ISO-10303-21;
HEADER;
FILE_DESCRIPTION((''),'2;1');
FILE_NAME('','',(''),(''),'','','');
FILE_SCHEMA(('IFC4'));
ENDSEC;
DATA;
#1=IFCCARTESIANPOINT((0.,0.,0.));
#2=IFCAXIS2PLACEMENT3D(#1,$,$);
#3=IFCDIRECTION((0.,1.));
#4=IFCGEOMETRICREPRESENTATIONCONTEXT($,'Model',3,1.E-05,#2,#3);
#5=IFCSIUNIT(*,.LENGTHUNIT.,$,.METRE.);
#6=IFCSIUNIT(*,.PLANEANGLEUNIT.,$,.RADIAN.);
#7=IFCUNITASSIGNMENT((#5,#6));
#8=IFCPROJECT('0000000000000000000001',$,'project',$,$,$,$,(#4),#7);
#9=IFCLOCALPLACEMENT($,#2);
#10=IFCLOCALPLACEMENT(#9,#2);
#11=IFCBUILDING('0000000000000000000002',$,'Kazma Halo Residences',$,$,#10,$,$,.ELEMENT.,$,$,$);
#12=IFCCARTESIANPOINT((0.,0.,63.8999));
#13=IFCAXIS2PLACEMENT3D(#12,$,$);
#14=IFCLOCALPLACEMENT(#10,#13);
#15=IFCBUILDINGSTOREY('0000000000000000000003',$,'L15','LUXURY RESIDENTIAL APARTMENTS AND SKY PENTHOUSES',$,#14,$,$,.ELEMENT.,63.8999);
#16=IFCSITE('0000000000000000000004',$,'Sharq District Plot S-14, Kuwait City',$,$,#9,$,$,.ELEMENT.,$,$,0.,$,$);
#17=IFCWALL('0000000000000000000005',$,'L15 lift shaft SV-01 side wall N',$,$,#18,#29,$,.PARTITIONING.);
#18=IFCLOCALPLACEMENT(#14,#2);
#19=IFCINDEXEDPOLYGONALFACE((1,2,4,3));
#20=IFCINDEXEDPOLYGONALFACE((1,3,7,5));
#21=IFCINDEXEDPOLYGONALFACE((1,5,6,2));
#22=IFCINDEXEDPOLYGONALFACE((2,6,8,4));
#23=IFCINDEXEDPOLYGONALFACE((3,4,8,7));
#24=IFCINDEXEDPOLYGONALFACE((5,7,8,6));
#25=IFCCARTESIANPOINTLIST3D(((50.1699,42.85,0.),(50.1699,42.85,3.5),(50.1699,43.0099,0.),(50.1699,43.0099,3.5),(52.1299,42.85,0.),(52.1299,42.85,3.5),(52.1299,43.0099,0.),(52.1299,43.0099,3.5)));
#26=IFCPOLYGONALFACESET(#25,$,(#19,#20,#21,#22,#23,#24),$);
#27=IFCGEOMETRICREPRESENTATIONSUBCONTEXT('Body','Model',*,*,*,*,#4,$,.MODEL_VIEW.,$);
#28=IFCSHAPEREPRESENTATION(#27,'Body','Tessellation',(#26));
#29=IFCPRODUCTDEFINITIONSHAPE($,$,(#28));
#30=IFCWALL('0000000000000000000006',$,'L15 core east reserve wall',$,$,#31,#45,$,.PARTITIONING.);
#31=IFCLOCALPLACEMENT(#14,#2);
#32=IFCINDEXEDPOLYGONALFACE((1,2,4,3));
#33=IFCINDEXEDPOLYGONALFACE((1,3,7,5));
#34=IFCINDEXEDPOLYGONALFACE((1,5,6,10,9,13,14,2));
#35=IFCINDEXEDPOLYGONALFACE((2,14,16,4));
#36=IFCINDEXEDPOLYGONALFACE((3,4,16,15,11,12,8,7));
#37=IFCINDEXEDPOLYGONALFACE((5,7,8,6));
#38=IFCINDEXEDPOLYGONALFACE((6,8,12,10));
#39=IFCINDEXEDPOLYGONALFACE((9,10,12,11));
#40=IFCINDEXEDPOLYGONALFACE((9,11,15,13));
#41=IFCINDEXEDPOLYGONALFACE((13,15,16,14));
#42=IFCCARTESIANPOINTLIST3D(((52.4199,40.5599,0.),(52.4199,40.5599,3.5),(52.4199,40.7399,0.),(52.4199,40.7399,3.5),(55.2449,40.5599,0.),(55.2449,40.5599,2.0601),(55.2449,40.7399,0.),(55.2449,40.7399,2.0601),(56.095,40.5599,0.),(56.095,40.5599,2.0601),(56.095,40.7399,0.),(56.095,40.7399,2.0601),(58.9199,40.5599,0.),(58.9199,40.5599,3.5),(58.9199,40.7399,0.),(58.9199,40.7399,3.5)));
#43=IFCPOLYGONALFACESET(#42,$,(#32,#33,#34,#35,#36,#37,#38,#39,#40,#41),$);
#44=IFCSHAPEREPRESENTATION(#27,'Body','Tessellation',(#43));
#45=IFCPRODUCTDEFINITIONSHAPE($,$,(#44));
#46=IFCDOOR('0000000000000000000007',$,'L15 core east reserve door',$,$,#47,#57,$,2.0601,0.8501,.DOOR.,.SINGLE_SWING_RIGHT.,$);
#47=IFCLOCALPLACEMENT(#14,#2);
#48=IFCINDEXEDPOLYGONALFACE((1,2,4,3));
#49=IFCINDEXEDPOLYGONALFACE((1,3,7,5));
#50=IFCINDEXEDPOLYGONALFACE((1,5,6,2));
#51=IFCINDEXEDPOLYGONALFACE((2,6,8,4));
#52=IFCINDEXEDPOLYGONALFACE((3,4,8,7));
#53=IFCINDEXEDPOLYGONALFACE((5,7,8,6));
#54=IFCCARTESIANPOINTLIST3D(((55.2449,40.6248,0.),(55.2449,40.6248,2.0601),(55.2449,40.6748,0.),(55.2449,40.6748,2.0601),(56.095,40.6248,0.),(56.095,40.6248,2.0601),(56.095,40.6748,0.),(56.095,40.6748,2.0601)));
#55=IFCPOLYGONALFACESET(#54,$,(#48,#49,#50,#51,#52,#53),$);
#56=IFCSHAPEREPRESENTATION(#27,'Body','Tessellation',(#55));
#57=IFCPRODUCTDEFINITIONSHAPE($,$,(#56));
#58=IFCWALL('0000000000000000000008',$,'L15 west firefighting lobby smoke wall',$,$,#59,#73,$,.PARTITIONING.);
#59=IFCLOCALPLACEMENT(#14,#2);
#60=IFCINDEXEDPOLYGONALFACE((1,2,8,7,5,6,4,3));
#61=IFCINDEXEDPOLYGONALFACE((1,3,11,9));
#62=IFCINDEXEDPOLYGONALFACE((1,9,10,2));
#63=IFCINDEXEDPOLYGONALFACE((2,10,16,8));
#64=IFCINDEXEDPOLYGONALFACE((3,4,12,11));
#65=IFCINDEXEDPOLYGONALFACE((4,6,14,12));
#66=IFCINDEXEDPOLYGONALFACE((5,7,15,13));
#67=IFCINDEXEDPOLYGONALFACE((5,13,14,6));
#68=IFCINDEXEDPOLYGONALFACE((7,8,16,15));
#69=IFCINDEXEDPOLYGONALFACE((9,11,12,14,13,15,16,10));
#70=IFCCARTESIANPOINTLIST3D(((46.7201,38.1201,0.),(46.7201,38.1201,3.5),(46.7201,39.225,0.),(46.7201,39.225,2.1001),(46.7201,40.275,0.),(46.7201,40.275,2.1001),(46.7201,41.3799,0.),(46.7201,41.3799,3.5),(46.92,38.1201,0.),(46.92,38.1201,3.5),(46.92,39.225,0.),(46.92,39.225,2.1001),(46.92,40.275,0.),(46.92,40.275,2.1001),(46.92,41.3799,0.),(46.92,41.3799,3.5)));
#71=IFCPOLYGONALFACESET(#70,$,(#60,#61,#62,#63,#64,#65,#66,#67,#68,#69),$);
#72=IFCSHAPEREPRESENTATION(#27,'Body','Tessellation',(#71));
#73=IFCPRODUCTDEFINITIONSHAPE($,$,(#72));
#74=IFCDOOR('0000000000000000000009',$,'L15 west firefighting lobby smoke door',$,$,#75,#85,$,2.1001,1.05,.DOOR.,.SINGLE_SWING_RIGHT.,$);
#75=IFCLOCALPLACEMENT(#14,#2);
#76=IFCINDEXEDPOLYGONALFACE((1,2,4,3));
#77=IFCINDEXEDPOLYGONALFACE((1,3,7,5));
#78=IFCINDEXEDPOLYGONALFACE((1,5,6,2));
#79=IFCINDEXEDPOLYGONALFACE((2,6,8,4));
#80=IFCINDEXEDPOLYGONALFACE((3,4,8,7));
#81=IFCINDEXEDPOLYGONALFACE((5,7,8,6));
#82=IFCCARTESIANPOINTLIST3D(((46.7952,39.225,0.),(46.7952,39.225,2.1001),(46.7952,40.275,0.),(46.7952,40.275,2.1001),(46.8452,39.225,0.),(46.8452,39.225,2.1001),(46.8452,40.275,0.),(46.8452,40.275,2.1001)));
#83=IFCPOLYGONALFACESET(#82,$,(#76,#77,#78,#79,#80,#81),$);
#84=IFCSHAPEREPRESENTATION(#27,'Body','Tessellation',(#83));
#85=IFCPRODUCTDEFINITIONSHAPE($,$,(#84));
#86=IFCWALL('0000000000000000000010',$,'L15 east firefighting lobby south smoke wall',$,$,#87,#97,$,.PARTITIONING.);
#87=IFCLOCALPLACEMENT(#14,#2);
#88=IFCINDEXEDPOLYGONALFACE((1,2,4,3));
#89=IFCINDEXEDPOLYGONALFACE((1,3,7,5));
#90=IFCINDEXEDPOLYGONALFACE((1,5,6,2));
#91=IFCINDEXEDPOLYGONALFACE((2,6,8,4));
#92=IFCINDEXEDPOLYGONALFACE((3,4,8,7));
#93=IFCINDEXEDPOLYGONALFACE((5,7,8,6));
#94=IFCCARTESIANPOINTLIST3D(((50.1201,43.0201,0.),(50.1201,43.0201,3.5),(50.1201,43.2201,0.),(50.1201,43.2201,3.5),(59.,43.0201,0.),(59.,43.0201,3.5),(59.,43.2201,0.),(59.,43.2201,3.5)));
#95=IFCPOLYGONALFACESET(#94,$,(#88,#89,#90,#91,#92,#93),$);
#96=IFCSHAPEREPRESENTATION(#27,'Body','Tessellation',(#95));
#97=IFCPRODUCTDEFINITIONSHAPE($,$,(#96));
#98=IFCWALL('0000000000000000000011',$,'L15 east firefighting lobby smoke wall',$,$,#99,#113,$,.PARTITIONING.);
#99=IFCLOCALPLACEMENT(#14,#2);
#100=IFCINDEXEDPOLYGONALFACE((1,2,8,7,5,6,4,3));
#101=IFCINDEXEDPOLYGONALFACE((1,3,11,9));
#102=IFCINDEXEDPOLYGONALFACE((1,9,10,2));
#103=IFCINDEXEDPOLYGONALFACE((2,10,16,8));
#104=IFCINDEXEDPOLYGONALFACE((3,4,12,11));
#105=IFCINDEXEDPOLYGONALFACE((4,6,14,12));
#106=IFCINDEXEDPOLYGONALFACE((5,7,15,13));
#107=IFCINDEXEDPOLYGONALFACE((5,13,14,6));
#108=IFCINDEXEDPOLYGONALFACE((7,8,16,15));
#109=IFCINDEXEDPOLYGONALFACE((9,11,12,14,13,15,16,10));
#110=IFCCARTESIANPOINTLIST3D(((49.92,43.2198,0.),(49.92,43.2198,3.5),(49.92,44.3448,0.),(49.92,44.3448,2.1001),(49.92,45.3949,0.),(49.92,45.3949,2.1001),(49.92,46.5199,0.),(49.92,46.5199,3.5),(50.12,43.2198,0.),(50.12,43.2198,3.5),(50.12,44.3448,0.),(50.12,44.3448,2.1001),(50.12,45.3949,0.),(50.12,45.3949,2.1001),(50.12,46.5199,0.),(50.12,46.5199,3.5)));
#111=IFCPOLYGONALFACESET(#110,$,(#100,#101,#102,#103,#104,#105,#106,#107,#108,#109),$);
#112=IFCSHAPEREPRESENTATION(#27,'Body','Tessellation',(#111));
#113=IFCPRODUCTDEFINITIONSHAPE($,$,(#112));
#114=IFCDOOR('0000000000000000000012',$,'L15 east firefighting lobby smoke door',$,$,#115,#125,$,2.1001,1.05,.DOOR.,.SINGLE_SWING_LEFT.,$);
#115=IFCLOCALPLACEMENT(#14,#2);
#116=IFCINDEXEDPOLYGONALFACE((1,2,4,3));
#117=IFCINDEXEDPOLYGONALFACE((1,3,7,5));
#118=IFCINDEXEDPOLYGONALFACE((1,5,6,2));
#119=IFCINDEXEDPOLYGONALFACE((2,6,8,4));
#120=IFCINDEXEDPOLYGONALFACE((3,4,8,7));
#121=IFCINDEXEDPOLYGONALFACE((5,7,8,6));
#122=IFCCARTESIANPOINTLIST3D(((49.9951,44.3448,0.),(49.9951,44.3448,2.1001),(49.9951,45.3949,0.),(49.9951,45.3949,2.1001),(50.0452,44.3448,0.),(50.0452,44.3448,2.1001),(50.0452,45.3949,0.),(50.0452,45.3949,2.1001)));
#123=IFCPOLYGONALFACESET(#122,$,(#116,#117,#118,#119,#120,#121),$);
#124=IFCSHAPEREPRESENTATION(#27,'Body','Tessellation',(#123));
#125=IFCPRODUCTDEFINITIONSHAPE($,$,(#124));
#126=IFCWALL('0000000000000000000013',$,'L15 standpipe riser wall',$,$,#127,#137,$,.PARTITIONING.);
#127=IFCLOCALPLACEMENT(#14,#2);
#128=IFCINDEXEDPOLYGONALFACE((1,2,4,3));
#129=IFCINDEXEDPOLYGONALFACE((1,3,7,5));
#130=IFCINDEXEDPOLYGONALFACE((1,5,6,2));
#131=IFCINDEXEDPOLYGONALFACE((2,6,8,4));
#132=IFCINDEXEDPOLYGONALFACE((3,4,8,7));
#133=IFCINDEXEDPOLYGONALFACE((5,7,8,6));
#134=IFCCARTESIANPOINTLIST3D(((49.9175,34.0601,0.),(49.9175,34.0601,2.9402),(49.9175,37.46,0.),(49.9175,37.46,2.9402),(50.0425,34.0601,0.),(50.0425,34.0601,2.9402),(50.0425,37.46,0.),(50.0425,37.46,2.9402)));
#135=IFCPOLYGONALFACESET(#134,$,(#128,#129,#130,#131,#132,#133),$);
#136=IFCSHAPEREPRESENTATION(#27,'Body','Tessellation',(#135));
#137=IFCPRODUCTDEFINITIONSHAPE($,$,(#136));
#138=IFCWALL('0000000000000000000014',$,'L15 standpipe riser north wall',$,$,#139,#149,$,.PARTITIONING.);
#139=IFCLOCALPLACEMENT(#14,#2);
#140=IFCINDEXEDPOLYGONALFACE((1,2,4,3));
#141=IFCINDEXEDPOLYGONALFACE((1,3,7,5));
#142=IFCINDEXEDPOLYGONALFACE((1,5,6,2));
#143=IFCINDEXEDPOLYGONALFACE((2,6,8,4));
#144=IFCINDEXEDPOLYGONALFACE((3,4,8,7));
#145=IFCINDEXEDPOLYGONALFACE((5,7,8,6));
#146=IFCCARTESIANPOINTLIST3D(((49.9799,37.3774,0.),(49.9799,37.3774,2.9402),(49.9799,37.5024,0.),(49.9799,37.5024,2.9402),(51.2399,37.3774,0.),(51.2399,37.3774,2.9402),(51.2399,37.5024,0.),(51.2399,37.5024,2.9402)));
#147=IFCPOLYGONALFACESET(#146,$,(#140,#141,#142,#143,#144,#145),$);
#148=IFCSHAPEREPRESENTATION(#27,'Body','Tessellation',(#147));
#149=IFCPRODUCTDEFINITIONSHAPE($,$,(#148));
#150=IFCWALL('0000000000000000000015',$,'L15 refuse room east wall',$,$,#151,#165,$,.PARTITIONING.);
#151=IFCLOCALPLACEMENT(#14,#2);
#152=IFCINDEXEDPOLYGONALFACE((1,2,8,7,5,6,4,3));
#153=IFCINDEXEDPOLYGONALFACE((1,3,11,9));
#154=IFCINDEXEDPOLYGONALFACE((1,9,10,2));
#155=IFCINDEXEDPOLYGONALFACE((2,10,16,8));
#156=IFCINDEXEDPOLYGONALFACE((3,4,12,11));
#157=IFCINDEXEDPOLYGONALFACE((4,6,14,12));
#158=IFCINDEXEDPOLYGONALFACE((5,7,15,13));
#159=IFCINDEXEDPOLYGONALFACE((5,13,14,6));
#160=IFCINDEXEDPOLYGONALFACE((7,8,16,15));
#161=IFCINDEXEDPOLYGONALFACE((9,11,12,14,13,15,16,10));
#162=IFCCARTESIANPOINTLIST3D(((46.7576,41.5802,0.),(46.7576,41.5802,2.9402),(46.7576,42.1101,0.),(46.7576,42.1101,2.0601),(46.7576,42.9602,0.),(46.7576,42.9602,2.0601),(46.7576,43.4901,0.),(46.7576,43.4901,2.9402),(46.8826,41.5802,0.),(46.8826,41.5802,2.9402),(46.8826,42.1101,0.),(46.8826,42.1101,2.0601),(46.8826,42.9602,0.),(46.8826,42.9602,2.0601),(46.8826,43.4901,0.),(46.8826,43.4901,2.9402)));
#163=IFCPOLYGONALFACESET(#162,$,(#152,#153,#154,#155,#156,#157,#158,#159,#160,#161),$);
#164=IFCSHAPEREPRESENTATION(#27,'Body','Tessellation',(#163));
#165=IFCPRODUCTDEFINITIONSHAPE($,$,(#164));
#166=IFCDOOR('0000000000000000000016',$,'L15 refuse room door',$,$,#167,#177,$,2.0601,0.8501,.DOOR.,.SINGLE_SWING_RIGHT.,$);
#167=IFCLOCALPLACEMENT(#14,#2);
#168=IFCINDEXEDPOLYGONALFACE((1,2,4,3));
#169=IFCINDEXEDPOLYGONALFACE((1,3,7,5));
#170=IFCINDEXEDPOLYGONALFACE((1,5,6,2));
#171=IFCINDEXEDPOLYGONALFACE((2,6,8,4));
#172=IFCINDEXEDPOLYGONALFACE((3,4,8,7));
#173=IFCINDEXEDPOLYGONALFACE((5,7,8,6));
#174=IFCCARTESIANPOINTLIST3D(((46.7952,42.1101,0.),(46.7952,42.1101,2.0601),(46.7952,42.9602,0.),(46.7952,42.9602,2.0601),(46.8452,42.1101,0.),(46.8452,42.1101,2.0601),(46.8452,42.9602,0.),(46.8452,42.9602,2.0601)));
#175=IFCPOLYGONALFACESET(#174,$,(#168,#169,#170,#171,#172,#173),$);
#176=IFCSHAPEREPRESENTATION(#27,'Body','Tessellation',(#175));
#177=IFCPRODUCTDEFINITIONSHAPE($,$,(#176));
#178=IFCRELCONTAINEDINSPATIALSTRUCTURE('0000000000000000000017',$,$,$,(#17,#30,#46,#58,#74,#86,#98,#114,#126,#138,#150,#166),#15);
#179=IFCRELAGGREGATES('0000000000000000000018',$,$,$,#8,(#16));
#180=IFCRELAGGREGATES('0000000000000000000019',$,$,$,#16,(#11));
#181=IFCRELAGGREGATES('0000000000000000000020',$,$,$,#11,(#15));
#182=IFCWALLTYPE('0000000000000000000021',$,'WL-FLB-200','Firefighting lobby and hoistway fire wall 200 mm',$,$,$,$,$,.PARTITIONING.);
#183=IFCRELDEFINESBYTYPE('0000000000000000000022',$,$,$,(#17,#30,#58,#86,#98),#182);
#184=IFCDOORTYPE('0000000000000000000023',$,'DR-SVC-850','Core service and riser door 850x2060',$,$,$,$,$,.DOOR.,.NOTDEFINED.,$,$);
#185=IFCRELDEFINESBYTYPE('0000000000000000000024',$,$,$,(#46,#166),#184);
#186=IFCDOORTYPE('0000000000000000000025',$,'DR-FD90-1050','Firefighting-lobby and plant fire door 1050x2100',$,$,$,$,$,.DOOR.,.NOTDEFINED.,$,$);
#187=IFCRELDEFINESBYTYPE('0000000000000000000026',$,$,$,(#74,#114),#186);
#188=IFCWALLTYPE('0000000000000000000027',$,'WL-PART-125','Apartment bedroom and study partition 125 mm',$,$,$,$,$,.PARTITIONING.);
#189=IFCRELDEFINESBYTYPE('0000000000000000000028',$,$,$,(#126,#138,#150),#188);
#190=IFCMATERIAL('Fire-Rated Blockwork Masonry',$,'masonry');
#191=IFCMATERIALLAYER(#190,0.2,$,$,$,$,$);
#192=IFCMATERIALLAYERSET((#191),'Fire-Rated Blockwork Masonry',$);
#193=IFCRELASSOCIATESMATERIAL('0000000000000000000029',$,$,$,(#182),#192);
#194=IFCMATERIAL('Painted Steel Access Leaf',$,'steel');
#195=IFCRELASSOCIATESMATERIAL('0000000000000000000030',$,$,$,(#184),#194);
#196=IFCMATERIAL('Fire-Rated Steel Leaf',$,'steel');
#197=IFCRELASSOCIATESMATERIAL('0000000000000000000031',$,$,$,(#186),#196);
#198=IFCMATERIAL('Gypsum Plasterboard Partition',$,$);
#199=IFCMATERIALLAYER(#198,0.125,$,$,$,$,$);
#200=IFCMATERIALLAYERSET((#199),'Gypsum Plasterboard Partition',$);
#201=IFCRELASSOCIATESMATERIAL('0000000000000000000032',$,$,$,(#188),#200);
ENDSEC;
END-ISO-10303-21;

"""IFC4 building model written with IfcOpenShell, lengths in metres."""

from ifc_helpers import new_model, si_unit, direction, frame, frame_2d, origin, place, context, subcontext, project, spatial, rectangle, extrude, material, layer, layer_set, type_object, element, fill, save


model = new_model("IFC4")

# Units and contexts
model_context = context("Model", 3, precision=1e-05, world=origin(), true_north=direction((0.0, 1.0)))
body_context = subcontext(model_context, "Body", "Model", "MODEL_VIEW")
ifc_project = project(units=[si_unit("LENGTHUNIT", "METRE"), si_unit("PLANEANGLEUNIT", "RADIAN")], contexts=[model_context])

# Site, building, storey
site_placement = place(None, origin())
site = spatial("IfcSite", under=ifc_project, at=site_placement, Name="Sharq District Plot S-14, Kuwait City", CompositionType="ELEMENT", RefElevation=0.0)
building_placement = place(site_placement, origin())
building = spatial("IfcBuilding", under=site, at=building_placement, Name="Kazma Halo Residences", CompositionType="ELEMENT")
storey_placement = place(building_placement, frame((0.0, 0.0, 63.8999)))
storey = spatial("IfcBuildingStorey", under=building, at=storey_placement, Name="L15", Description="LUXURY RESIDENTIAL APARTMENTS AND SKY PENTHOUSES", CompositionType="ELEMENT", Elevation=63.8999)

# Shared definitions
ifc_material_1 = material(Name="Fire-Rated Blockwork Masonry", Category="masonry")
ifc_layer_1 = layer(ifc_material_1, 0.2)
ifc_layer_set_1 = layer_set([ifc_layer_1], Name="Fire-Rated Blockwork Masonry")
wall_type_1 = type_object("IfcWallType", Name="WL-FLB-200", Description="Firefighting lobby and hoistway fire wall 200 mm", PredefinedType="PARTITIONING", material=ifc_layer_set_1)

# Wall
wall_1_placement = place(storey_placement, frame((50.1699, 42.9299, 0.0), z_axis=(0.0, 0.0, 1.0), x_axis=(1.0, 0.0, 0.0)))
element("IfcWall", 1, at=wall_1_placement, inside=storey, type_object=wall_type_1, Name="L15 lift shaft SV-01 side wall N", PredefinedType="PARTITIONING", context=body_context, shape_type="SweptSolid", body=[
    extrude(rectangle(XDim=1.96, YDim=0.1599, at=frame_2d((0.98, 0.0))), origin(), (0.0, 0.0, 1.0), 3.5),
])

# Walls, openings, doors
wall_2_placement = place(storey_placement, frame((52.4199, 40.6499, 0.0), z_axis=(0.0, 0.0, 1.0), x_axis=(1.0, 0.0, 0.0)))
wall_2 = element("IfcWall", 2, at=wall_2_placement, inside=storey, type_object=wall_type_1, Name="L15 core east reserve wall", PredefinedType="PARTITIONING", context=body_context, shape_type="SweptSolid", body=[
    extrude(rectangle(XDim=6.5, YDim=0.1799, at=frame_2d((3.25, 0.0))), origin(), (0.0, 0.0, 1.0), 3.5),
])
opening_1_placement = place(wall_2_placement, frame((2.825, 0.0, 0.0)))
opening_1 = element("IfcOpeningElement", 3, at=opening_1_placement, cuts=wall_2, PredefinedType="OPENING", context=body_context, shape_type="SweptSolid", body=[
    extrude(rectangle(XDim=0.8501, YDim=2.0601, at=frame_2d((0.425, 1.03))), frame((0.0, 0.0999, 0.0), z_axis=(0.0, -1.0, 0.0), x_axis=(1.0, 0.0, 0.0)), (0.0, 0.0, 1.0), 0.2),
])
ifc_material_2 = material(Name="Painted Steel Access Leaf", Category="steel")
door_type_1 = type_object("IfcDoorType", Name="DR-SVC-850", Description="Core service and riser door 850x2060", OperationType="NOTDEFINED", PredefinedType="DOOR", material=ifc_material_2)
door_1_placement = place(opening_1_placement, origin())
door_1 = element("IfcDoor", 4, at=door_1_placement, inside=storey, type_object=door_type_1, Name="L15 core east reserve door", OperationType="SINGLE_SWING_RIGHT", OverallHeight=2.0601, OverallWidth=0.8501, PredefinedType="DOOR", context=body_context, shape_type="SweptSolid", body=[
    extrude(rectangle(XDim=0.8501, YDim=2.0601, at=frame_2d((0.425, 1.03))), frame((0.0, 0.0249, 0.0), z_axis=(0.0, -1.0, 0.0), x_axis=(1.0, 0.0, 0.0)), (0.0, 0.0, 1.0), 0.05),
])
fill(opening_1, door_1)
wall_3_placement = place(storey_placement, frame((46.8201, 38.1201, 0.0), z_axis=(0.0, 0.0, 1.0), x_axis=(0.0, 1.0, 0.0)))
wall_3 = element("IfcWall", 5, at=wall_3_placement, inside=storey, type_object=wall_type_1, Name="L15 west firefighting lobby smoke wall", PredefinedType="PARTITIONING", context=body_context, shape_type="SweptSolid", body=[
    extrude(rectangle(XDim=3.2598, YDim=0.2, at=frame_2d((1.6299, 0.0))), origin(), (0.0, 0.0, 1.0), 3.5),
])
opening_2_placement = place(wall_3_placement, frame((1.105, 0.0, 0.0)))
opening_2 = element("IfcOpeningElement", 6, at=opening_2_placement, cuts=wall_3, PredefinedType="OPENING", context=body_context, shape_type="SweptSolid", body=[
    extrude(rectangle(XDim=1.05, YDim=2.1001, at=frame_2d((0.5249, 1.05))), frame((0.0, 0.1099, 0.0), z_axis=(0.0, -1.0, 0.0), x_axis=(1.0, 0.0, 0.0)), (0.0, 0.0, 1.0), 0.22),
])
ifc_material_3 = material(Name="Fire-Rated Steel Leaf", Category="steel")
door_type_2 = type_object("IfcDoorType", Name="DR-FD90-1050", Description="Firefighting-lobby and plant fire door 1050x2100", OperationType="NOTDEFINED", PredefinedType="DOOR", material=ifc_material_3)
door_2_placement = place(opening_2_placement, origin())
door_2 = element("IfcDoor", 7, at=door_2_placement, inside=storey, type_object=door_type_2, Name="L15 west firefighting lobby smoke door", OperationType="SINGLE_SWING_RIGHT", OverallHeight=2.1001, OverallWidth=1.05, PredefinedType="DOOR", context=body_context, shape_type="SweptSolid", body=[
    extrude(rectangle(XDim=1.05, YDim=2.1001, at=frame_2d((0.5249, 1.05))), frame((0.0, 0.0249, 0.0), z_axis=(0.0, -1.0, 0.0), x_axis=(1.0, 0.0, 0.0)), (0.0, 0.0, 1.0), 0.05),
])
fill(opening_2, door_2)

# Wall
wall_4_placement = place(storey_placement, frame((50.1201, 43.1201, 0.0), z_axis=(0.0, 0.0, 1.0), x_axis=(1.0, 0.0, 0.0)))
element("IfcWall", 8, at=wall_4_placement, inside=storey, type_object=wall_type_1, Name="L15 east firefighting lobby south smoke wall", PredefinedType="PARTITIONING", context=body_context, shape_type="SweptSolid", body=[
    extrude(rectangle(XDim=8.8799, YDim=0.2, at=frame_2d((4.4399, 0.0))), origin(), (0.0, 0.0, 1.0), 3.5),
])

# Wall, opening, door
wall_5_placement = place(storey_placement, frame((50.02, 43.22, 0.0), z_axis=(0.0, 0.0, 1.0), x_axis=(0.0, 1.0, 0.0)))
wall_5 = element("IfcWall", 9, at=wall_5_placement, inside=storey, type_object=wall_type_1, Name="L15 east firefighting lobby smoke wall", PredefinedType="PARTITIONING", context=body_context, shape_type="SweptSolid", body=[
    extrude(rectangle(XDim=3.3, YDim=0.2, at=frame_2d((1.6499, 0.0))), origin(), (0.0, 0.0, 1.0), 3.5),
])
opening_3_placement = place(wall_5_placement, frame((1.125, 0.0, 0.0)))
opening_3 = element("IfcOpeningElement", 10, at=opening_3_placement, cuts=wall_5, PredefinedType="OPENING", context=body_context, shape_type="SweptSolid", body=[
    extrude(rectangle(XDim=1.05, YDim=2.1001, at=frame_2d((0.5249, 1.05))), frame((0.0, 0.1099, 0.0), z_axis=(0.0, -1.0, 0.0), x_axis=(1.0, 0.0, 0.0)), (0.0, 0.0, 1.0), 0.22),
])
door_3_placement = place(opening_3_placement, origin())
door_3 = element("IfcDoor", 11, at=door_3_placement, inside=storey, type_object=door_type_2, Name="L15 east firefighting lobby smoke door", OperationType="SINGLE_SWING_LEFT", OverallHeight=2.1001, OverallWidth=1.05, PredefinedType="DOOR", context=body_context, shape_type="SweptSolid", body=[
    extrude(rectangle(XDim=1.05, YDim=2.1001, at=frame_2d((0.5249, 1.05))), frame((0.0, 0.0249, 0.0), z_axis=(0.0, -1.0, 0.0), x_axis=(1.0, 0.0, 0.0)), (0.0, 0.0, 1.0), 0.05),
])
fill(opening_3, door_3)

# Walls
ifc_material_4 = material(Name="Gypsum Plasterboard Partition")
ifc_layer_2 = layer(ifc_material_4, 0.125)
ifc_layer_set_2 = layer_set([ifc_layer_2], Name="Gypsum Plasterboard Partition")
wall_type_2 = type_object("IfcWallType", Name="WL-PART-125", Description="Apartment bedroom and study partition 125 mm", PredefinedType="PARTITIONING", material=ifc_layer_set_2)
wall_6_placement = place(storey_placement, frame((49.98, 34.0601, 0.0), z_axis=(0.0, 0.0, 1.0), x_axis=(0.0, 1.0, 0.0)))
element("IfcWall", 12, at=wall_6_placement, inside=storey, type_object=wall_type_2, Name="L15 standpipe riser wall", PredefinedType="PARTITIONING", context=body_context, shape_type="SweptSolid", body=[
    extrude(rectangle(XDim=3.3999, YDim=0.125, at=frame_2d((1.7, 0.0))), origin(), (0.0, 0.0, 1.0), 2.9402),
])
wall_7_placement = place(storey_placement, frame((49.98, 37.4399, 0.0), z_axis=(0.0, 0.0, 1.0), x_axis=(1.0, 0.0, 0.0)))
element("IfcWall", 13, at=wall_7_placement, inside=storey, type_object=wall_type_2, Name="L15 standpipe riser north wall", PredefinedType="PARTITIONING", context=body_context, shape_type="SweptSolid", body=[
    extrude(rectangle(XDim=1.26, YDim=0.125, at=frame_2d((0.6299, 0.0))), origin(), (0.0, 0.0, 1.0), 2.9402),
])

# Wall, opening, door
wall_8_placement = place(storey_placement, frame((46.8201, 41.5801, 0.0), z_axis=(0.0, 0.0, 1.0), x_axis=(0.0, 1.0, 0.0)))
wall_8 = element("IfcWall", 14, at=wall_8_placement, inside=storey, type_object=wall_type_2, Name="L15 refuse room east wall", PredefinedType="PARTITIONING", context=body_context, shape_type="SweptSolid", body=[
    extrude(rectangle(XDim=1.9099, YDim=0.125, at=frame_2d((0.9551, 0.0))), origin(), (0.0, 0.0, 1.0), 2.9402),
])
opening_4_placement = place(wall_8_placement, frame((0.53, 0.0, 0.0)))
opening_4 = element("IfcOpeningElement", 15, at=opening_4_placement, cuts=wall_8, PredefinedType="OPENING", context=body_context, shape_type="SweptSolid", body=[
    extrude(rectangle(XDim=0.8501, YDim=2.0601, at=frame_2d((0.425, 1.03))), frame((0.0, 0.0725, 0.0), z_axis=(0.0, -1.0, 0.0), x_axis=(1.0, 0.0, 0.0)), (0.0, 0.0, 1.0), 0.145),
])
door_4_placement = place(opening_4_placement, origin())
door_4 = element("IfcDoor", 16, at=door_4_placement, inside=storey, type_object=door_type_1, Name="L15 refuse room door", OperationType="SINGLE_SWING_RIGHT", OverallHeight=2.0601, OverallWidth=0.8501, PredefinedType="DOOR", context=body_context, shape_type="SweptSolid", body=[
    extrude(rectangle(XDim=0.8501, YDim=2.0601, at=frame_2d((0.425, 1.03))), frame((0.0, 0.0249, 0.0), z_axis=(0.0, -1.0, 0.0), x_axis=(1.0, 0.0, 0.0)), (0.0, 0.0, 1.0), 0.05),
])
fill(opening_4, door_4)

save(model, "model.ifc")
